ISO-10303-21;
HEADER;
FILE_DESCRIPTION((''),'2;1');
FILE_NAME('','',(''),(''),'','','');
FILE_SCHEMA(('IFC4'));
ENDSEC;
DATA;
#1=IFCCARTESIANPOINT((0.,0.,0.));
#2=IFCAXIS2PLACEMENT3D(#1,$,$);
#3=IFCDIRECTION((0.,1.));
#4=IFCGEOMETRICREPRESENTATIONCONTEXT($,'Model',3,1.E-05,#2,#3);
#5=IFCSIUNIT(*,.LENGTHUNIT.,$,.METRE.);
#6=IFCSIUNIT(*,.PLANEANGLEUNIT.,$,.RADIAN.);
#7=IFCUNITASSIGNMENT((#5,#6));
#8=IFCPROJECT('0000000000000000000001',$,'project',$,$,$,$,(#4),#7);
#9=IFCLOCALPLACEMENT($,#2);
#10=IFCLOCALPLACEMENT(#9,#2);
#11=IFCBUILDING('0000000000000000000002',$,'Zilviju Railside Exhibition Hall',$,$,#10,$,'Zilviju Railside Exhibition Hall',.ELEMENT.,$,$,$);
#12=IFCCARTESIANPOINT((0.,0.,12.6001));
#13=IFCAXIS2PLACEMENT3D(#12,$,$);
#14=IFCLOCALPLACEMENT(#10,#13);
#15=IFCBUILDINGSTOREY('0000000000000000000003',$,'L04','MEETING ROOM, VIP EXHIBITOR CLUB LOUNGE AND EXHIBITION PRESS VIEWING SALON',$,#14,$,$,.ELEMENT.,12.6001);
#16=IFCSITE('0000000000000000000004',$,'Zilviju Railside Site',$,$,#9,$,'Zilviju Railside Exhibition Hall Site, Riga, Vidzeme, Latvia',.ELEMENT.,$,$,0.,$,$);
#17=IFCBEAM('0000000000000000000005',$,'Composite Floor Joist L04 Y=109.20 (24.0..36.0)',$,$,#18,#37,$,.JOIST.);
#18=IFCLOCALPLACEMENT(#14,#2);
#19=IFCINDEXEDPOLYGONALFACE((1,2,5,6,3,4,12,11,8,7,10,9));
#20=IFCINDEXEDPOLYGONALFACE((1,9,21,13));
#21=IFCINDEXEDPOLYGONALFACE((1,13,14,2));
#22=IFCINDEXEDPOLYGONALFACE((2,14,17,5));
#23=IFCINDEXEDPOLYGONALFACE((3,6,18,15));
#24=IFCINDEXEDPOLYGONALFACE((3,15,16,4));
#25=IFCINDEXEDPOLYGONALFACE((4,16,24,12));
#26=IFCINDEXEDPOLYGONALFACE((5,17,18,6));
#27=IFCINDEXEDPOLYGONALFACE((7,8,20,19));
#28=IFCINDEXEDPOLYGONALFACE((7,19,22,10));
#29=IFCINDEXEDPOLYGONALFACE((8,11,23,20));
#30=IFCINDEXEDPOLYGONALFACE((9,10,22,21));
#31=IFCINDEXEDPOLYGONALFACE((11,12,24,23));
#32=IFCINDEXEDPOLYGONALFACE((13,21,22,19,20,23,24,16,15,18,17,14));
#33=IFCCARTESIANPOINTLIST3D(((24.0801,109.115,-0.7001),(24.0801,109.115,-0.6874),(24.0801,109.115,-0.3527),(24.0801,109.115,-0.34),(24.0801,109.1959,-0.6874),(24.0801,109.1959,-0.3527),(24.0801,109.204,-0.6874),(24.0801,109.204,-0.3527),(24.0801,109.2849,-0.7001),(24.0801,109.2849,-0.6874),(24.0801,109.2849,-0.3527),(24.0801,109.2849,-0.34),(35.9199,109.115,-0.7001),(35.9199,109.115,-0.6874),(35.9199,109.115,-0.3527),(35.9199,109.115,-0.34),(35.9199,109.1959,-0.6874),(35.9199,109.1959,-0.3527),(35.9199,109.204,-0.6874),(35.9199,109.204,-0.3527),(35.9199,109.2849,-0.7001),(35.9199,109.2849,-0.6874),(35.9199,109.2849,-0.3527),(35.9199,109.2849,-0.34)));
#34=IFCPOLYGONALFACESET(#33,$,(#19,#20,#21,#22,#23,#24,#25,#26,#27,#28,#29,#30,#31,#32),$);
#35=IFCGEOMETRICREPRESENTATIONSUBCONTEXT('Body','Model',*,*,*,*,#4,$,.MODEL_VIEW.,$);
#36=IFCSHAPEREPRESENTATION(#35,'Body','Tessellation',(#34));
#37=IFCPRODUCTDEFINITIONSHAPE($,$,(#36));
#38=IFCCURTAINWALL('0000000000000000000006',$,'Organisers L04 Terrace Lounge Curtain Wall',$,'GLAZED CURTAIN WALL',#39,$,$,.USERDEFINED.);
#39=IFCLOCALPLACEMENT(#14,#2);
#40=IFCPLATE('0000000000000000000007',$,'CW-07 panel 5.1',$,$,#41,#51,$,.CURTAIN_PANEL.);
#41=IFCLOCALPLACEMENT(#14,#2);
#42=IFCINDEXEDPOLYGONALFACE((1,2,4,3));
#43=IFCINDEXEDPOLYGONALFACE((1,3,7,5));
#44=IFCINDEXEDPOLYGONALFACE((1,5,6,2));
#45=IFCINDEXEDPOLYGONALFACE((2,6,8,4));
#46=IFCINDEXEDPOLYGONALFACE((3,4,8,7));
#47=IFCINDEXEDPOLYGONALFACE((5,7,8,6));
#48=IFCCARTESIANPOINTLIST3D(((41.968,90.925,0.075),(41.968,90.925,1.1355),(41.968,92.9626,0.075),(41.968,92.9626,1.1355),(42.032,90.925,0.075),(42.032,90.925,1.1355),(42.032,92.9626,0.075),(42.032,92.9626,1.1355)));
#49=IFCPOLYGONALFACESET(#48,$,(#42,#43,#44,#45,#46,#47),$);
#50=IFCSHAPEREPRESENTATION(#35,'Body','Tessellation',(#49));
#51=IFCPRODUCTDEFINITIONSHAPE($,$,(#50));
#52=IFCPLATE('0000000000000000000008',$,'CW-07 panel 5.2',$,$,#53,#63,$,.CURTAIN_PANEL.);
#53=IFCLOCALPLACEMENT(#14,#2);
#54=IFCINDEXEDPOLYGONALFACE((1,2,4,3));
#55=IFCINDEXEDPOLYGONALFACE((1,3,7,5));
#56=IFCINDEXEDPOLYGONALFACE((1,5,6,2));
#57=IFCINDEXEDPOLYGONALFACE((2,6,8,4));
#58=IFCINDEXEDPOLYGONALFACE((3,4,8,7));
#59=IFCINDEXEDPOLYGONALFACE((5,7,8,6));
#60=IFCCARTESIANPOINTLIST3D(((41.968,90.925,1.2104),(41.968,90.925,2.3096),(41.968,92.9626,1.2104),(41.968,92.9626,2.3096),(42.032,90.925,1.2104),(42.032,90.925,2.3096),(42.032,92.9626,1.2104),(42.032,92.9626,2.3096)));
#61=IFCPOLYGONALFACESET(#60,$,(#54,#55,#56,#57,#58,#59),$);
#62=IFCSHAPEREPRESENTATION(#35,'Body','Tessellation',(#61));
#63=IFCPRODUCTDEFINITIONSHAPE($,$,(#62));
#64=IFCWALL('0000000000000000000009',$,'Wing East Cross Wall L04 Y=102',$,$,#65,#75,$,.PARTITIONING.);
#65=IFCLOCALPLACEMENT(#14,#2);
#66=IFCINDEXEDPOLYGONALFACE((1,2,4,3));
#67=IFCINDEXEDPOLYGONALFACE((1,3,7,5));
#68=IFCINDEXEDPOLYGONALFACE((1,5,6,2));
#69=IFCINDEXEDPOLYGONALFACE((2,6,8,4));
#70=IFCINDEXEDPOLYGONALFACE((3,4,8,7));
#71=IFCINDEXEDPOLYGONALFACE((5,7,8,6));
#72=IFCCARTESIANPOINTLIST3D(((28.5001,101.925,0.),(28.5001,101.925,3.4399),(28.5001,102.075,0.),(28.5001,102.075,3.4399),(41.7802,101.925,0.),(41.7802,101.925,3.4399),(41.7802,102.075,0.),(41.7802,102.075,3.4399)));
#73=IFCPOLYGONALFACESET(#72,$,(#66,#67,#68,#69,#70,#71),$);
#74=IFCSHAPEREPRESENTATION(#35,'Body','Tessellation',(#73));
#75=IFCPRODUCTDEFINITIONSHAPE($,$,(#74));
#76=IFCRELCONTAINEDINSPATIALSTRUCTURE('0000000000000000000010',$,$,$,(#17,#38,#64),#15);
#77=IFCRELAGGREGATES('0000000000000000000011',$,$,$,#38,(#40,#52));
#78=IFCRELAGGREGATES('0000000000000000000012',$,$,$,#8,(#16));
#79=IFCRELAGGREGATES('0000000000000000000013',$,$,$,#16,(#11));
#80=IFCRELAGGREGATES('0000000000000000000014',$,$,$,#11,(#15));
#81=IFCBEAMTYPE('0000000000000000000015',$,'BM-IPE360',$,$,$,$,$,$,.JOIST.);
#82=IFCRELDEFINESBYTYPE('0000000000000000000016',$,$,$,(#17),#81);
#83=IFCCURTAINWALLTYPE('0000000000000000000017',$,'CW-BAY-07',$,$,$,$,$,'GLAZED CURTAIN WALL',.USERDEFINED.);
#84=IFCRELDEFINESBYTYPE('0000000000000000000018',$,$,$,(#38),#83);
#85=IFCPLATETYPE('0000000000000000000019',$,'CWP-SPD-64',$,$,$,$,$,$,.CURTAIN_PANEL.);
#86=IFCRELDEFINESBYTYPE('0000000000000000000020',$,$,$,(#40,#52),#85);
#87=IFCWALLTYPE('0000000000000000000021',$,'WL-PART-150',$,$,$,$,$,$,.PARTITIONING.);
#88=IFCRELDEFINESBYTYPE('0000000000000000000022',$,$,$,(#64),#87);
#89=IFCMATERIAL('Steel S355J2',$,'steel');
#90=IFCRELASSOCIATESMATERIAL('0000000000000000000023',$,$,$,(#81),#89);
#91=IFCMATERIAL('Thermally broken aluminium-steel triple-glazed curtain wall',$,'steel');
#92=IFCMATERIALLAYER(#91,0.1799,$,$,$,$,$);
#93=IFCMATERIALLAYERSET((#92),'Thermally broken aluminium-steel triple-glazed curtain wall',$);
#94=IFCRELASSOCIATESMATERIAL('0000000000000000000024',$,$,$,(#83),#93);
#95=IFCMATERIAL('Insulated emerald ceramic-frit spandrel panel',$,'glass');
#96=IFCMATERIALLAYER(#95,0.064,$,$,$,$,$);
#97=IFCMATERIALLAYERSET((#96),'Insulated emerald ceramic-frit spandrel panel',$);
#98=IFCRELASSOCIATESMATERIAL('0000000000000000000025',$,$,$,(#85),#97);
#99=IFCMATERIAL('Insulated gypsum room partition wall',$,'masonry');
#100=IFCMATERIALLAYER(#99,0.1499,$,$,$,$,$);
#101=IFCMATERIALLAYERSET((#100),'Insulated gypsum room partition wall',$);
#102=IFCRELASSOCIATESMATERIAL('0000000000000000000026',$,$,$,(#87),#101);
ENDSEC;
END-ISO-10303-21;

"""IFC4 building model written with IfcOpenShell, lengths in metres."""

from ifc_helpers import new_model, si_unit, direction, frame, frame_2d, origin, origin_2d, place, context, subcontext, project, spatial, rectangle, i_section, extrude, material, layer, layer_set, material_profile, profile_set, type_object, element, aggregate, save


model = new_model("IFC4")

# Units and contexts
model_context = context("Model", 3, precision=1e-05, world=origin(), true_north=direction((0.0, 1.0)))
body_context = subcontext(model_context, "Body", "Model", "MODEL_VIEW")
ifc_project = project(units=[si_unit("LENGTHUNIT", "METRE"), si_unit("PLANEANGLEUNIT", "RADIAN")], contexts=[model_context])

# Site, building, storey
site_placement = place(None, origin())
site = spatial("IfcSite", under=ifc_project, at=site_placement, Name="Zilviju Railside Site", LongName="Zilviju Railside Exhibition Hall Site, Riga, Vidzeme, Latvia", CompositionType="ELEMENT", RefElevation=0.0)
building_placement = place(site_placement, origin())
building = spatial("IfcBuilding", under=site, at=building_placement, Name="Zilviju Railside Exhibition Hall", LongName="Zilviju Railside Exhibition Hall", CompositionType="ELEMENT")
storey_placement = place(building_placement, frame((0.0, 0.0, 12.6001)))
storey = spatial("IfcBuildingStorey", under=building, at=storey_placement, Name="L04", Description="MEETING ROOM, VIP EXHIBITOR CLUB LOUNGE AND EXHIBITION PRESS VIEWING SALON", CompositionType="ELEMENT", Elevation=12.6001)

# Beam
ifc_material_1 = material(Name="Steel S355J2", Category="steel")
ifc_material_profile_1 = material_profile(ifc_material_1, i_section(OverallWidth=0.1699, OverallDepth=0.3601, WebThickness=0.0081, FlangeThickness=0.0127, at=origin_2d()), Name="IPE 360")
ifc_profile_set_1 = profile_set([ifc_material_profile_1], Name="Steel S355J2")
beam_type_1 = type_object("IfcBeamType", Name="BM-IPE360", PredefinedType="JOIST", material=ifc_profile_set_1)
for number, where, z_axis, x_axis, name in (
    (1, (24.0801, 109.2, -0.52), (1.0, 0.0, 0.0), (0.0, 1.0, 0.0), "Composite Floor Joist L04 Y=109.20 (24.0..36.0)"),
):
    element("IfcBeam", number, at=place(storey_placement, frame(where, z_axis=z_axis, x_axis=x_axis)), inside=storey, type_object=beam_type_1, Name=name, PredefinedType="JOIST", context=body_context, shape_type="SweptSolid", body=[
        extrude(i_section(OverallWidth=0.1699, OverallDepth=0.3601, WebThickness=0.0081, FlangeThickness=0.0127, at=origin_2d()), origin(), (0.0, 0.0, 1.0), 11.8398),
    ])

# Curtain wall, plates
ifc_material_2 = material(Name="Thermally broken aluminium-steel triple-glazed curtain wall", Category="steel")
ifc_layer_1 = layer(ifc_material_2, 0.1799)
ifc_layer_set_1 = layer_set([ifc_layer_1], Name="Thermally broken aluminium-steel triple-glazed curtain wall")
curtain_wall_type = type_object("IfcCurtainWallType", Name="CW-BAY-07", ElementType="GLAZED CURTAIN WALL", PredefinedType="USERDEFINED", material=ifc_layer_set_1)
curtain_wall_placement = place(storey_placement, origin())
curtain_wall = element("IfcCurtainWall", 2, at=curtain_wall_placement, inside=storey, type_object=curtain_wall_type, Name="Organisers L04 Terrace Lounge Curtain Wall", ObjectType="GLAZED CURTAIN WALL", PredefinedType="USERDEFINED")
ifc_material_3 = material(Name="Insulated emerald ceramic-frit spandrel panel", Category="glass")
ifc_layer_2 = layer(ifc_material_3, 0.064)
ifc_layer_set_2 = layer_set([ifc_layer_2], Name="Insulated emerald ceramic-frit spandrel panel")
plate_type = type_object("IfcPlateType", Name="CWP-SPD-64", PredefinedType="CURTAIN_PANEL", material=ifc_layer_set_2)
plate_1_placement = place(storey_placement, frame((42.0, 91.9438, 0.075), z_axis=(0.0, 0.0, 1.0), x_axis=(0.0, -1.0, 0.0)))
plate_1 = element("IfcPlate", 3, at=plate_1_placement, type_object=plate_type, Name="CW-07 panel 5.1", PredefinedType="CURTAIN_PANEL", context=body_context, shape_type="SweptSolid", body=[
    extrude(rectangle(XDim=2.0376, YDim=0.064, at=origin_2d()), origin(), (0.0, 0.0, 1.0), 1.0605),
])
plate_2_placement = place(storey_placement, frame((42.0, 91.9438, 1.2104), z_axis=(0.0, 0.0, 1.0), x_axis=(0.0, -1.0, 0.0)))
plate_2 = element("IfcPlate", 4, at=plate_2_placement, type_object=plate_type, Name="CW-07 panel 5.2", PredefinedType="CURTAIN_PANEL", context=body_context, shape_type="SweptSolid", body=[
    extrude(rectangle(XDim=2.0376, YDim=0.064, at=origin_2d()), origin(), (0.0, 0.0, 1.0), 1.0991),
])
aggregate(curtain_wall, [plate_1, plate_2])

# Wall
ifc_material_4 = material(Name="Insulated gypsum room partition wall", Category="masonry")
ifc_layer_3 = layer(ifc_material_4, 0.1499)
ifc_layer_set_3 = layer_set([ifc_layer_3], Name="Insulated gypsum room partition wall")
wall_type = type_object("IfcWallType", Name="WL-PART-150", PredefinedType="PARTITIONING", material=ifc_layer_set_3)
wall_placement = place(storey_placement, frame((28.5, 102.0, 0.0), z_axis=(0.0, 0.0, 1.0), x_axis=(1.0, 0.0, 0.0)))
element("IfcWall", 5, at=wall_placement, inside=storey, type_object=wall_type, Name="Wing East Cross Wall L04 Y=102", PredefinedType="PARTITIONING", context=body_context, shape_type="SweptSolid", body=[
    extrude(rectangle(XDim=13.28, YDim=0.1499, at=frame_2d((6.6401, 0.0))), origin(), (0.0, 0.0, 1.0), 3.4399),
])

save(model, "model.ifc")
